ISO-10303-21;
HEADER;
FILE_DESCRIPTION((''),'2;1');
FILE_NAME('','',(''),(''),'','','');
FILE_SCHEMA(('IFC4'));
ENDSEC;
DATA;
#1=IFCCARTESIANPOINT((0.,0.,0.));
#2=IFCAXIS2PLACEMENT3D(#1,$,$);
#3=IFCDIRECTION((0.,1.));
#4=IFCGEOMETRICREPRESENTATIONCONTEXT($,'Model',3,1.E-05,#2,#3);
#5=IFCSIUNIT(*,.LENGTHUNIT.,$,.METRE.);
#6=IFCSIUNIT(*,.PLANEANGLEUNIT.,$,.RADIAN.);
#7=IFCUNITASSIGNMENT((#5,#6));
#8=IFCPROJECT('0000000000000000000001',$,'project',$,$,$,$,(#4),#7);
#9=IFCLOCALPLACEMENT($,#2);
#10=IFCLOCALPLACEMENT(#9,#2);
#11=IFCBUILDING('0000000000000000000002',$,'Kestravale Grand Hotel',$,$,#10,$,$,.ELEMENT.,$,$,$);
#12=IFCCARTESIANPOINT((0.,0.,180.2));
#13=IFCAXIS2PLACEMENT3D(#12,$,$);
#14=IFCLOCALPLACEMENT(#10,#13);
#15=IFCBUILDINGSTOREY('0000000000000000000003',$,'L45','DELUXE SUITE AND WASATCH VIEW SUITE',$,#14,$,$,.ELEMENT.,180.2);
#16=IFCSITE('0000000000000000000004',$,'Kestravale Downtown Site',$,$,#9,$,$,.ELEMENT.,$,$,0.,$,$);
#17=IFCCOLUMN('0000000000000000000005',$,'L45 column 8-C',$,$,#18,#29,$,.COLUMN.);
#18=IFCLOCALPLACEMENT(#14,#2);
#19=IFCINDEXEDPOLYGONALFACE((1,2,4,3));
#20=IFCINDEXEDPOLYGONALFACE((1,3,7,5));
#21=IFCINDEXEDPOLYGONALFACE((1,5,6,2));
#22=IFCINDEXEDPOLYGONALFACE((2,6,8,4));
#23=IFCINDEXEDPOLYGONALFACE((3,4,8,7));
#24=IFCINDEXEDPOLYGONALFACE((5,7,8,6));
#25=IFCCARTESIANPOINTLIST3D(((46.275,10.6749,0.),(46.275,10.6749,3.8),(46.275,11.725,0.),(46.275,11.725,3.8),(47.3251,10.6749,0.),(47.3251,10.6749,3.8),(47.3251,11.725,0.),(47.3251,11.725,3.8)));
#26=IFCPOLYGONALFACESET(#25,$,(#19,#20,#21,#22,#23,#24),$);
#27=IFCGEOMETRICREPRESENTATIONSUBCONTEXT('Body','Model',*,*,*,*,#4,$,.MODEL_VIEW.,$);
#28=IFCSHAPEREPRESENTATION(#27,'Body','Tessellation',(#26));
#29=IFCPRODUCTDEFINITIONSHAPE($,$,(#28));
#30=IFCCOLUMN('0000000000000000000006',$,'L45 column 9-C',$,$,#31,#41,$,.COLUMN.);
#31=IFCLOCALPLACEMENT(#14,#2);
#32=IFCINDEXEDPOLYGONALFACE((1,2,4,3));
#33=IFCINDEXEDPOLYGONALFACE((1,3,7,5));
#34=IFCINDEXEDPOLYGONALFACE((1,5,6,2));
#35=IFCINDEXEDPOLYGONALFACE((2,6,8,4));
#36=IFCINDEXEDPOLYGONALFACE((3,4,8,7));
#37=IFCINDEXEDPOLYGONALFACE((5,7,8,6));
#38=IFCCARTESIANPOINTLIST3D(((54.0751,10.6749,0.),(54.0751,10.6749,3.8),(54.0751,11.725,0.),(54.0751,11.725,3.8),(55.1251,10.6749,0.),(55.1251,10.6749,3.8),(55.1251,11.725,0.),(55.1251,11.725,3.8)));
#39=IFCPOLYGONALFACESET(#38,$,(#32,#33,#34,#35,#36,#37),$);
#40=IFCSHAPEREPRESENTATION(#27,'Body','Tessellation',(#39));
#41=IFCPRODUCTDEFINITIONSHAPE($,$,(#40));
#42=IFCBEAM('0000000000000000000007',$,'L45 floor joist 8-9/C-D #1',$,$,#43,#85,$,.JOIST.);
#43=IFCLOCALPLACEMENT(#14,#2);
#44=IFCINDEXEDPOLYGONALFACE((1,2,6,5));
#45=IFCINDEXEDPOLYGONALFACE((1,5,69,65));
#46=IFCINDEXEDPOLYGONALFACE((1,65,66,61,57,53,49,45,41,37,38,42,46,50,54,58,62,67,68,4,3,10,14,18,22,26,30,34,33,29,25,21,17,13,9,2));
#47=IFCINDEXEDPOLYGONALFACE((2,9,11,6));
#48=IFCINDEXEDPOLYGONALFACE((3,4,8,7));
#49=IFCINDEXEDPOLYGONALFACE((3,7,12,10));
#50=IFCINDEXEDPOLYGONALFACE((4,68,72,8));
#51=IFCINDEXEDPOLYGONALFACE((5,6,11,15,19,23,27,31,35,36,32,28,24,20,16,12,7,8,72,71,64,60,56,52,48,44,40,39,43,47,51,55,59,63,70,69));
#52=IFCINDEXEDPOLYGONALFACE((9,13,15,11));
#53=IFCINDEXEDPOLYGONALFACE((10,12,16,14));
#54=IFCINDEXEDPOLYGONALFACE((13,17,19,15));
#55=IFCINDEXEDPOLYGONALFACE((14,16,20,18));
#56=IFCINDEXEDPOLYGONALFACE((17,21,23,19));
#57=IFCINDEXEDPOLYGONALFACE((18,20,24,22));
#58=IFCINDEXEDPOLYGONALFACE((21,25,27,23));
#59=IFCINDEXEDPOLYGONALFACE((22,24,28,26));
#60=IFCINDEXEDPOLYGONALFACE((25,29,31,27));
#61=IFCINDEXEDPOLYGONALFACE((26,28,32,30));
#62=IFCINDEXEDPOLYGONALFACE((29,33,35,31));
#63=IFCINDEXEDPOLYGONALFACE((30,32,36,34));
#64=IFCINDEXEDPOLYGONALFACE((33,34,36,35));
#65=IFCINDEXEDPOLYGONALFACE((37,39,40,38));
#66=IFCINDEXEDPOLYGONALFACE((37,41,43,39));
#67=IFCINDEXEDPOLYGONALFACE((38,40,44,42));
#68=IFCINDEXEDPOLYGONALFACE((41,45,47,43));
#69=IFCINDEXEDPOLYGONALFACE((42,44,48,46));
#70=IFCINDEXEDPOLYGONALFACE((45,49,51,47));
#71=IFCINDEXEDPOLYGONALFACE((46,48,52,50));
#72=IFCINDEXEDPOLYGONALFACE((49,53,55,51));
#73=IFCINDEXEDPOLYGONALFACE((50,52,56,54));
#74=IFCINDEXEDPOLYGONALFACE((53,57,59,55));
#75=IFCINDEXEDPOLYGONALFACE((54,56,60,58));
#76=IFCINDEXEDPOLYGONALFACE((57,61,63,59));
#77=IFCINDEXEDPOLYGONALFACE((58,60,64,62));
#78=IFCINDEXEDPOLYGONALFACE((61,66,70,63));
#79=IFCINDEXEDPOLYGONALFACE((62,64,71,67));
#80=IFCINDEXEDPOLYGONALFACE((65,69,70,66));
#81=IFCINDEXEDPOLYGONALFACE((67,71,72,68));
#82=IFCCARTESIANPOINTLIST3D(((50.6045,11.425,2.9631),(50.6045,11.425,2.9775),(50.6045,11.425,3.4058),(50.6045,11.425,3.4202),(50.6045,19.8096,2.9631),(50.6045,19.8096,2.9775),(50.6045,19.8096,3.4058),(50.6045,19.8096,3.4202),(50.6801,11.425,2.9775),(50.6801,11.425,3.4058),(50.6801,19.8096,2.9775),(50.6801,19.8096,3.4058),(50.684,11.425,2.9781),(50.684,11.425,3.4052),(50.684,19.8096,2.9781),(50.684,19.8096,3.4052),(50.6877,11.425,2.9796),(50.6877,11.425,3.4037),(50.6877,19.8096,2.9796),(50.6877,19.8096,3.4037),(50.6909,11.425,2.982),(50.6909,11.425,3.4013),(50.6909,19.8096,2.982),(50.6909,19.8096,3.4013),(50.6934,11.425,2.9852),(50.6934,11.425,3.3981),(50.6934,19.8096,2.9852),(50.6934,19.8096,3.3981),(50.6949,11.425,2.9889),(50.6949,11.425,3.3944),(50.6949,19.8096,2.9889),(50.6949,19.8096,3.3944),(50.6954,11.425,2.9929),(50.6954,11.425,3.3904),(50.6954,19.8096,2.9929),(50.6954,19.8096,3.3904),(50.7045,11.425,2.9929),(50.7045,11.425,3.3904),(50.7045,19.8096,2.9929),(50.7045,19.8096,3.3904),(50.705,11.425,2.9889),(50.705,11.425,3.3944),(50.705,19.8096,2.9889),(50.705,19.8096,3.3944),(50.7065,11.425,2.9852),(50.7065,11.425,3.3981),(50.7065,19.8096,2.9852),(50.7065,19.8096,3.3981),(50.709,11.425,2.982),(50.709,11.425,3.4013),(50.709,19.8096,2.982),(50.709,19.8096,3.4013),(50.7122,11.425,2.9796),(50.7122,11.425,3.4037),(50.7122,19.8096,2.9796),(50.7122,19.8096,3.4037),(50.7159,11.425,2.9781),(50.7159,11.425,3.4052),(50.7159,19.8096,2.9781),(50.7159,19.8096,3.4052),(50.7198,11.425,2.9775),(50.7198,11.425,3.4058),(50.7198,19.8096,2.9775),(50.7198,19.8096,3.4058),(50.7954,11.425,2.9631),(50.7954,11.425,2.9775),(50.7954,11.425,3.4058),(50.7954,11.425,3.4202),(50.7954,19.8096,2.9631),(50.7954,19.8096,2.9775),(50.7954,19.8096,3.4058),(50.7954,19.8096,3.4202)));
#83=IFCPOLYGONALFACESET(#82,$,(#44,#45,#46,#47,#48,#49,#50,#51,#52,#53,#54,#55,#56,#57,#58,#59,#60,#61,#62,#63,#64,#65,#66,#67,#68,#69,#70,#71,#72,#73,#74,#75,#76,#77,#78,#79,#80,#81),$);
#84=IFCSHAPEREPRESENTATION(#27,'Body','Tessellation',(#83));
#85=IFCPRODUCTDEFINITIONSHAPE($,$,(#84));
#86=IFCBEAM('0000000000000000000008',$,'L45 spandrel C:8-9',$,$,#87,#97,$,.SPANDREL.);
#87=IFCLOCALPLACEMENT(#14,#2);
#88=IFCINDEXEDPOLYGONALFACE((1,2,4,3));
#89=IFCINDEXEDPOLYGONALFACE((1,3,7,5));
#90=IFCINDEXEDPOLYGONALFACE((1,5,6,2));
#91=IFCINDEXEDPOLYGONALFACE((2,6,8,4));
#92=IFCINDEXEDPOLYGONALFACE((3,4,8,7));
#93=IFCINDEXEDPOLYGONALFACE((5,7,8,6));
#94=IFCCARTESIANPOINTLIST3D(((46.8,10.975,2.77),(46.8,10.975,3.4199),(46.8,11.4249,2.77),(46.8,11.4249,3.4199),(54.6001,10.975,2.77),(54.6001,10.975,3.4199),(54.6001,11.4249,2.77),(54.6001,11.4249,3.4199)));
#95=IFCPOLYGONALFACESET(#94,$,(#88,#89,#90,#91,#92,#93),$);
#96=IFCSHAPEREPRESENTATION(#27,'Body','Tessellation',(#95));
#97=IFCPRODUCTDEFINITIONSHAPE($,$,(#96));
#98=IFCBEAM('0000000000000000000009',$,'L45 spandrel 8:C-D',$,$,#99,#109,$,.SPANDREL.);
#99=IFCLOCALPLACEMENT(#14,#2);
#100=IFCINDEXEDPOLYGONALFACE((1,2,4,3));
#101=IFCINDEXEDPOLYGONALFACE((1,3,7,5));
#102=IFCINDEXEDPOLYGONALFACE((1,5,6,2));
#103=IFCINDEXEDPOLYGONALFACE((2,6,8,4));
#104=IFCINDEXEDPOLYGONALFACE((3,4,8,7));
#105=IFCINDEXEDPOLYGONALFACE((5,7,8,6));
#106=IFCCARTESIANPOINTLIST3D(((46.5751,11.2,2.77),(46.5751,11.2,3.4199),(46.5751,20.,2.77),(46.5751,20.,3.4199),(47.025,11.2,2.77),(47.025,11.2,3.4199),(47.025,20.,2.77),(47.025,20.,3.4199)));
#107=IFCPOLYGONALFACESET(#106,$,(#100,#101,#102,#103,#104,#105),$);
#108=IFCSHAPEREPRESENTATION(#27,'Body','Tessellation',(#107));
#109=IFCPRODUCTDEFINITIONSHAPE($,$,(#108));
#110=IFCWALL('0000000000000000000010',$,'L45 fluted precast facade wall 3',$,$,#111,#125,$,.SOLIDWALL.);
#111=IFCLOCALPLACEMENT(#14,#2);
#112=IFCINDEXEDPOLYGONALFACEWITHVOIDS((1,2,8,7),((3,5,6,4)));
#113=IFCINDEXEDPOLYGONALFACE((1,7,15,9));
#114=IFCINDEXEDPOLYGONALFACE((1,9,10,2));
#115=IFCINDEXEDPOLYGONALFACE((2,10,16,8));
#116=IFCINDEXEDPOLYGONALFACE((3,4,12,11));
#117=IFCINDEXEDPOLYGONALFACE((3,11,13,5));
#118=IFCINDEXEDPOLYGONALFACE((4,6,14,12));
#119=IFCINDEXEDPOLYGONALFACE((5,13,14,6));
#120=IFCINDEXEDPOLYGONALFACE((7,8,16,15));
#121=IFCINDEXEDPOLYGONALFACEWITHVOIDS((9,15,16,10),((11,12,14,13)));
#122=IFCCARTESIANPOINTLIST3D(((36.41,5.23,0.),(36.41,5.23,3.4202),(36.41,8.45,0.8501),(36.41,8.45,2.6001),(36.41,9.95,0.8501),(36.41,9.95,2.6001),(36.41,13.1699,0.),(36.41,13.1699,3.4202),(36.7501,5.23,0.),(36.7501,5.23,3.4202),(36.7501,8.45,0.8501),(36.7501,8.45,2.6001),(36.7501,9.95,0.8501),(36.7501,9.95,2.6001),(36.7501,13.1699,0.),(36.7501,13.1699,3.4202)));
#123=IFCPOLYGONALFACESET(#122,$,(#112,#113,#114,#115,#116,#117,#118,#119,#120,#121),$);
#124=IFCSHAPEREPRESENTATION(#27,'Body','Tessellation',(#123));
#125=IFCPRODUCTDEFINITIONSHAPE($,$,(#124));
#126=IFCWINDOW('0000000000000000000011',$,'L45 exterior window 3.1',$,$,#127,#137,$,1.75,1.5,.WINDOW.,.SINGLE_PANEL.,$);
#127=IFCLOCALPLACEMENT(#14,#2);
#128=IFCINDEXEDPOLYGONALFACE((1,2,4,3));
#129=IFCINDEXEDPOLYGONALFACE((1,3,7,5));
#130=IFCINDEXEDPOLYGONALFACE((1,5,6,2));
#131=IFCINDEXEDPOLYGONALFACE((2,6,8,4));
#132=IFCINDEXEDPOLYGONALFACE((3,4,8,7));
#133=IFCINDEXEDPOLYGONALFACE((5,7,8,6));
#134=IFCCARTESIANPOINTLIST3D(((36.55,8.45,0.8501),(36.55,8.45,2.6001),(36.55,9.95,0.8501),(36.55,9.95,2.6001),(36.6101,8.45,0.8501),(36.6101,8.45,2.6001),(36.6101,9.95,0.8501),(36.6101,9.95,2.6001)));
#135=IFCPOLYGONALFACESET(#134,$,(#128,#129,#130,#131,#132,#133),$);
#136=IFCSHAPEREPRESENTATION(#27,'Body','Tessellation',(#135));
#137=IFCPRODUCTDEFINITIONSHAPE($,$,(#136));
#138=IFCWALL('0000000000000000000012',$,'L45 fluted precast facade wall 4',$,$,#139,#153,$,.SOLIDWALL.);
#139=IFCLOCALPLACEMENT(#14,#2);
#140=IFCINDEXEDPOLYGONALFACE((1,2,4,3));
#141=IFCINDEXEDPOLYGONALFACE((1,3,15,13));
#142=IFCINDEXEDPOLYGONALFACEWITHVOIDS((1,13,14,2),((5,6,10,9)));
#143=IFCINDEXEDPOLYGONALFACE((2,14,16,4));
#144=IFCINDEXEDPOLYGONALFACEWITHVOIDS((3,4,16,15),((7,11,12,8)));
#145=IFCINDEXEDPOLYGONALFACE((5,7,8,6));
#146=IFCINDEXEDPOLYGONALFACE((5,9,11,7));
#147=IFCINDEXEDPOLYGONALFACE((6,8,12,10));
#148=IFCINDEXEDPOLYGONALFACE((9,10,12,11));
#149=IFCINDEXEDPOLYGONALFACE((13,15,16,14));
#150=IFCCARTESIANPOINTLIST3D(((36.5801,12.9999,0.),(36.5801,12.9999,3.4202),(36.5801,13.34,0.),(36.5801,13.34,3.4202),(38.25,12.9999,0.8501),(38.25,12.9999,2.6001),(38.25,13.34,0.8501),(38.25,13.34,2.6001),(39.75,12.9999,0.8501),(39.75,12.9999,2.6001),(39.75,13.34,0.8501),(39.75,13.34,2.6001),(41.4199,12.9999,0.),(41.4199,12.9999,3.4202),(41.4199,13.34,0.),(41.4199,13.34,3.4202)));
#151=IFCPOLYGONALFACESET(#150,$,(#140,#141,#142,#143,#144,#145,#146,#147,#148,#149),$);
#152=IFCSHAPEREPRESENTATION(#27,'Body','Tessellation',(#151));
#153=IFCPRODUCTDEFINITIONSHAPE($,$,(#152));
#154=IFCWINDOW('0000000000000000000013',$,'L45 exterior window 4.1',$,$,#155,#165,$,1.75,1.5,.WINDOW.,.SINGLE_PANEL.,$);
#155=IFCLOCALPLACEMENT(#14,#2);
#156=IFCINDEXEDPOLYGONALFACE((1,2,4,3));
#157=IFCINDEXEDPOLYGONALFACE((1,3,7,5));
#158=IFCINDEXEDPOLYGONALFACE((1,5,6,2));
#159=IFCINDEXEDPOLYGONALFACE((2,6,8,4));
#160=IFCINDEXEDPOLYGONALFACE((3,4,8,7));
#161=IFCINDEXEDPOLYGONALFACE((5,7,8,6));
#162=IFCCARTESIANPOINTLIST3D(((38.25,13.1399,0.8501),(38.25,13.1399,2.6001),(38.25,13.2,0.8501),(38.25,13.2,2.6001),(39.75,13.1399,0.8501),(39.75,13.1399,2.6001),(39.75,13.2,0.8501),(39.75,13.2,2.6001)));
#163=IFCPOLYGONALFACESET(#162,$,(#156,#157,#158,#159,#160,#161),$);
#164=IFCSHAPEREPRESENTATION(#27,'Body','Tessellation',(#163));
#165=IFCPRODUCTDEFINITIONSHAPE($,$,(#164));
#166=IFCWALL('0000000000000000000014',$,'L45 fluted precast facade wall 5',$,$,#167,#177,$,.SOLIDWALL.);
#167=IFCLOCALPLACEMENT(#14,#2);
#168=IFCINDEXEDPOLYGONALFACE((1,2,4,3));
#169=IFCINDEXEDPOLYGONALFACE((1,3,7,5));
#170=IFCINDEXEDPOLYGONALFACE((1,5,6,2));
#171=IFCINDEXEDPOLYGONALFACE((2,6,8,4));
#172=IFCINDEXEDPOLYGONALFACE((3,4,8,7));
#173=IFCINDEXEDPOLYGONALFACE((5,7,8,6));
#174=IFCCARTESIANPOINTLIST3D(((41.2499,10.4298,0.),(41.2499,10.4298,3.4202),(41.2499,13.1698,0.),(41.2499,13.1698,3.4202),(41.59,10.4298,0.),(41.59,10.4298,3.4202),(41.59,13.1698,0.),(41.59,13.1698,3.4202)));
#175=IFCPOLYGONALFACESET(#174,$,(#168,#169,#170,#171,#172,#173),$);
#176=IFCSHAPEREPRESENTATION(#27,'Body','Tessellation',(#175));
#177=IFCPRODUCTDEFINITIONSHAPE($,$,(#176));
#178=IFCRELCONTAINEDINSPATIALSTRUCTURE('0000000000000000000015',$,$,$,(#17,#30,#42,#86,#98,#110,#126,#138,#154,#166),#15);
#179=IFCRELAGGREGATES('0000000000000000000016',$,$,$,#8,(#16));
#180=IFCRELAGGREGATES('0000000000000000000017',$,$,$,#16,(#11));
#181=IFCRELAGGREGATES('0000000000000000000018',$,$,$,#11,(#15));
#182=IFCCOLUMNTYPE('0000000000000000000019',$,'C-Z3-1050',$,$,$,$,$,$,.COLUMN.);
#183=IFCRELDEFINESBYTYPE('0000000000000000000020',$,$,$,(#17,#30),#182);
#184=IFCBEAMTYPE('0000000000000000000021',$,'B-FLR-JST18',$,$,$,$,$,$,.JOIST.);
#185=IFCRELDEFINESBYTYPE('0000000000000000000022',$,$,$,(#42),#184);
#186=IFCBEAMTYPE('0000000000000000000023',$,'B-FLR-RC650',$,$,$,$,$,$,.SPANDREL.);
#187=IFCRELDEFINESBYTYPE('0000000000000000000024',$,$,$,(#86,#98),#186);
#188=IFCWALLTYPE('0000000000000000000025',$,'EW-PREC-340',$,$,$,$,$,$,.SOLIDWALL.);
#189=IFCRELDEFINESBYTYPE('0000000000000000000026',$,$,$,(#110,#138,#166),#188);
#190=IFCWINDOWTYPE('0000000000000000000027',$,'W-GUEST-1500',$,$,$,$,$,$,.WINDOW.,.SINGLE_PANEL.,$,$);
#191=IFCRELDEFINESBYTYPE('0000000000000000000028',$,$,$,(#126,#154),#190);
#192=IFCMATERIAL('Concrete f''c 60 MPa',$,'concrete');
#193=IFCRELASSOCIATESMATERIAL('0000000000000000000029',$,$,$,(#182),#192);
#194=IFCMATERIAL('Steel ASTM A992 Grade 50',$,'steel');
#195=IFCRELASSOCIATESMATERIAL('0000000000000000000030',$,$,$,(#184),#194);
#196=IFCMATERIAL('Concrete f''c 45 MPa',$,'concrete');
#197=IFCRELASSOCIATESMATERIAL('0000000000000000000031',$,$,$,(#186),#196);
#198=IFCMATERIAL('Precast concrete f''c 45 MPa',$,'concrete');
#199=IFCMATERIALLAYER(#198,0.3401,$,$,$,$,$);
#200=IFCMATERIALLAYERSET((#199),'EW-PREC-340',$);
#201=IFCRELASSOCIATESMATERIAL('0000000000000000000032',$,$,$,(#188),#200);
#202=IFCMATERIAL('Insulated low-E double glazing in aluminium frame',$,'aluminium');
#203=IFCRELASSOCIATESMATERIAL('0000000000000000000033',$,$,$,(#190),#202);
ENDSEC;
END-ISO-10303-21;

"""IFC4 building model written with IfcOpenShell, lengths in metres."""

from ifc_helpers import new_model, si_unit, direction, frame, frame_2d, origin, origin_2d, place, context, subcontext, project, spatial, rectangle, i_section, extrude, material, layer, layer_set, material_profile, profile_set, type_object, element, fill, save


model = new_model("IFC4")

# Units and contexts
model_context = context("Model", 3, precision=1e-05, world=origin(), true_north=direction((0.0, 1.0)))
body_context = subcontext(model_context, "Body", "Model", "MODEL_VIEW")
ifc_project = project(units=[si_unit("LENGTHUNIT", "METRE"), si_unit("PLANEANGLEUNIT", "RADIAN")], contexts=[model_context])

# Site, building, storey
site_placement = place(None, origin())
site = spatial("IfcSite", under=ifc_project, at=site_placement, Name="Kestravale Downtown Site", CompositionType="ELEMENT", RefElevation=0.0)
building_placement = place(site_placement, origin())
building = spatial("IfcBuilding", under=site, at=building_placement, Name="Kestravale Grand Hotel", CompositionType="ELEMENT")
storey_placement = place(building_placement, frame((0.0, 0.0, 180.2)))
storey = spatial("IfcBuildingStorey", under=building, at=storey_placement, Name="L45", Description="DELUXE SUITE AND WASATCH VIEW SUITE", CompositionType="ELEMENT", Elevation=180.2)

# Columns
ifc_material_1 = material(Name="Concrete f'c 60 MPa", Category="concrete")
ifc_material_profile_1 = material_profile(ifc_material_1, rectangle(XDim=1.05, YDim=1.05, at=origin_2d()))
ifc_profile_set_1 = profile_set([ifc_material_profile_1], Name="Concrete f'c 60 MPa")
column_type = type_object("IfcColumnType", Name="C-Z3-1050", PredefinedType="COLUMN", material=ifc_profile_set_1)
for number, where, z_axis, x_axis, name in (
    (1, (46.8, 11.2, 0.0), (0.0, 0.0, 1.0), (1.0, 0.0, 0.0), "L45 column 8-C"),
    (2, (54.6001, 11.2, 0.0), (0.0, 0.0, 1.0), (1.0, 0.0, 0.0), "L45 column 9-C"),
):
    element("IfcColumn", number, at=place(storey_placement, frame(where, z_axis=z_axis, x_axis=x_axis)), inside=storey, type_object=column_type, Name=name, PredefinedType="COLUMN", context=body_context, shape_type="SweptSolid", body=[
        extrude(rectangle(XDim=1.05, YDim=1.05, at=origin_2d()), origin(), (0.0, 0.0, 1.0), 3.8),
    ])

# Beams
ifc_material_2 = material(Name="Steel ASTM A992 Grade 50", Category="steel")
ifc_material_profile_2 = material_profile(ifc_material_2, i_section(OverallWidth=0.1909, OverallDepth=0.457, WebThickness=0.009, FlangeThickness=0.0144, FilletRadius=0.0154, at=origin_2d()))
ifc_profile_set_2 = profile_set([ifc_material_profile_2], Name="Steel ASTM A992 Grade 50")
beam_type_1 = type_object("IfcBeamType", Name="B-FLR-JST18", PredefinedType="JOIST", material=ifc_profile_set_2)
beam_1_placement = place(storey_placement, frame((50.7, 11.425, 3.1917), z_axis=(0.0, 1.0, 0.0), x_axis=(-1.0, 0.0, 0.0)))
element("IfcBeam", 3, at=beam_1_placement, inside=storey, type_object=beam_type_1, Name="L45 floor joist 8-9/C-D #1", PredefinedType="JOIST", context=body_context, shape_type="SweptSolid", body=[
    extrude(i_section(OverallWidth=0.1909, OverallDepth=0.457, WebThickness=0.009, FlangeThickness=0.0144, FilletRadius=0.0154, at=origin_2d()), origin(), (0.0, 0.0, 1.0), 8.3845),
])
ifc_material_3 = material(Name="Concrete f'c 45 MPa", Category="concrete")
ifc_material_profile_3 = material_profile(ifc_material_3, rectangle(XDim=0.45, YDim=0.6499, at=origin_2d()))
ifc_profile_set_3 = profile_set([ifc_material_profile_3], Name="Concrete f'c 45 MPa")
beam_type_2 = type_object("IfcBeamType", Name="B-FLR-RC650", PredefinedType="SPANDREL", material=ifc_profile_set_3)
beam_2_placement = place(storey_placement, frame((46.8, 11.2, 3.095), z_axis=(1.0, 0.0, 0.0), x_axis=(0.0, 1.0, 0.0)))
element("IfcBeam", 4, at=beam_2_placement, inside=storey, type_object=beam_type_2, Name="L45 spandrel C:8-9", PredefinedType="SPANDREL", context=body_context, shape_type="SweptSolid", body=[
    extrude(rectangle(XDim=0.45, YDim=0.6499, at=origin_2d()), origin(), (0.0, 0.0, 1.0), 7.8),
])
beam_3_placement = place(storey_placement, frame((46.8, 11.2, 3.095), z_axis=(0.0, 1.0, 0.0), x_axis=(-1.0, 0.0, 0.0)))
element("IfcBeam", 5, at=beam_3_placement, inside=storey, type_object=beam_type_2, Name="L45 spandrel 8:C-D", PredefinedType="SPANDREL", context=body_context, shape_type="SweptSolid", body=[
    extrude(rectangle(XDim=0.45, YDim=0.6499, at=origin_2d()), origin(), (0.0, 0.0, 1.0), 8.8),
])

# Walls, openings, windows
ifc_material_4 = material(Name="Precast concrete f'c 45 MPa", Category="concrete")
ifc_layer_1 = layer(ifc_material_4, 0.3401)
ifc_layer_set_1 = layer_set([ifc_layer_1], Name="EW-PREC-340")
wall_type_1 = type_object("IfcWallType", Name="EW-PREC-340", PredefinedType="SOLIDWALL", material=ifc_layer_set_1)
wall_1_placement = place(storey_placement, frame((36.5801, 5.23, 0.0), z_axis=(0.0, 0.0, 1.0), x_axis=(0.0, 1.0, 0.0)))
wall_1 = element("IfcWall", 6, at=wall_1_placement, inside=storey, type_object=wall_type_1, Name="L45 fluted precast facade wall 3", PredefinedType="SOLIDWALL", context=body_context, shape_type="SweptSolid", body=[
    extrude(rectangle(XDim=7.9399, YDim=0.3401, at=frame_2d((3.97, 0.0))), origin(), (0.0, 0.0, 1.0), 3.4202),
])
opening_1_placement = place(wall_1_placement, frame((3.22, 0.0, 0.8501)))
opening_1 = element("IfcOpeningElement", 7, at=opening_1_placement, cuts=wall_1, PredefinedType="OPENING", context=body_context, shape_type="SweptSolid", body=[
    extrude(rectangle(XDim=1.5, YDim=1.75, at=frame_2d((0.75, 0.875))), frame((0.0, 0.1799, 0.0), z_axis=(0.0, -1.0, 0.0), x_axis=(1.0, 0.0, 0.0)), (0.0, 0.0, 1.0), 0.3601),
])
ifc_material_5 = material(Name="Insulated low-E double glazing in aluminium frame", Category="aluminium")
window_type_1 = type_object("IfcWindowType", Name="W-GUEST-1500", PartitioningType="SINGLE_PANEL", PredefinedType="WINDOW", material=ifc_material_5)
window_1_placement = place(opening_1_placement, origin())
window_1 = element("IfcWindow", 8, at=window_1_placement, inside=storey, type_object=window_type_1, Name="L45 exterior window 3.1", OverallHeight=1.75, OverallWidth=1.5, PartitioningType="SINGLE_PANEL", PredefinedType="WINDOW", context=body_context, shape_type="SweptSolid", body=[
    extrude(rectangle(XDim=1.5, YDim=1.75, at=frame_2d((0.75, 0.875))), frame((0.0, 0.03, 0.0), z_axis=(0.0, -1.0, 0.0), x_axis=(1.0, 0.0, 0.0)), (0.0, 0.0, 1.0), 0.0601),
])
fill(opening_1, window_1)
wall_2_placement = place(storey_placement, frame((36.5801, 13.1699, 0.0), z_axis=(0.0, 0.0, 1.0), x_axis=(1.0, 0.0, 0.0)))
wall_2 = element("IfcWall", 9, at=wall_2_placement, inside=storey, type_object=wall_type_1, Name="L45 fluted precast facade wall 4", PredefinedType="SOLIDWALL", context=body_context, shape_type="SweptSolid", body=[
    extrude(rectangle(XDim=4.8398, YDim=0.3401, at=frame_2d((2.4199, 0.0))), origin(), (0.0, 0.0, 1.0), 3.4202),
])
opening_2_placement = place(wall_2_placement, frame((1.6699, 0.0, 0.8501)))
opening_2 = element("IfcOpeningElement", 10, at=opening_2_placement, cuts=wall_2, PredefinedType="OPENING", context=body_context, shape_type="SweptSolid", body=[
    extrude(rectangle(XDim=1.5, YDim=1.75, at=frame_2d((0.75, 0.875))), frame((0.0, 0.1799, 0.0), z_axis=(0.0, -1.0, 0.0), x_axis=(1.0, 0.0, 0.0)), (0.0, 0.0, 1.0), 0.3601),
])
window_2_placement = place(opening_2_placement, origin())
window_2 = element("IfcWindow", 11, at=window_2_placement, inside=storey, type_object=window_type_1, Name="L45 exterior window 4.1", OverallHeight=1.75, OverallWidth=1.5, PartitioningType="SINGLE_PANEL", PredefinedType="WINDOW", context=body_context, shape_type="SweptSolid", body=[
    extrude(rectangle(XDim=1.5, YDim=1.75, at=frame_2d((0.75, 0.875))), frame((0.0, 0.03, 0.0), z_axis=(0.0, -1.0, 0.0), x_axis=(1.0, 0.0, 0.0)), (0.0, 0.0, 1.0), 0.0601),
])
fill(opening_2, window_2)

# Wall
wall_3_placement = place(storey_placement, frame((41.4199, 13.1699, 0.0), z_axis=(0.0, 0.0, 1.0), x_axis=(0.0, -1.0, 0.0)))
element("IfcWall", 12, at=wall_3_placement, inside=storey, type_object=wall_type_1, Name="L45 fluted precast facade wall 5", PredefinedType="SOLIDWALL", context=body_context, shape_type="SweptSolid", body=[
    extrude(rectangle(XDim=2.74, YDim=0.3401, at=frame_2d((1.3701, 0.0))), origin(), (0.0, 0.0, 1.0), 3.4202),
])

save(model, "model.ifc")
